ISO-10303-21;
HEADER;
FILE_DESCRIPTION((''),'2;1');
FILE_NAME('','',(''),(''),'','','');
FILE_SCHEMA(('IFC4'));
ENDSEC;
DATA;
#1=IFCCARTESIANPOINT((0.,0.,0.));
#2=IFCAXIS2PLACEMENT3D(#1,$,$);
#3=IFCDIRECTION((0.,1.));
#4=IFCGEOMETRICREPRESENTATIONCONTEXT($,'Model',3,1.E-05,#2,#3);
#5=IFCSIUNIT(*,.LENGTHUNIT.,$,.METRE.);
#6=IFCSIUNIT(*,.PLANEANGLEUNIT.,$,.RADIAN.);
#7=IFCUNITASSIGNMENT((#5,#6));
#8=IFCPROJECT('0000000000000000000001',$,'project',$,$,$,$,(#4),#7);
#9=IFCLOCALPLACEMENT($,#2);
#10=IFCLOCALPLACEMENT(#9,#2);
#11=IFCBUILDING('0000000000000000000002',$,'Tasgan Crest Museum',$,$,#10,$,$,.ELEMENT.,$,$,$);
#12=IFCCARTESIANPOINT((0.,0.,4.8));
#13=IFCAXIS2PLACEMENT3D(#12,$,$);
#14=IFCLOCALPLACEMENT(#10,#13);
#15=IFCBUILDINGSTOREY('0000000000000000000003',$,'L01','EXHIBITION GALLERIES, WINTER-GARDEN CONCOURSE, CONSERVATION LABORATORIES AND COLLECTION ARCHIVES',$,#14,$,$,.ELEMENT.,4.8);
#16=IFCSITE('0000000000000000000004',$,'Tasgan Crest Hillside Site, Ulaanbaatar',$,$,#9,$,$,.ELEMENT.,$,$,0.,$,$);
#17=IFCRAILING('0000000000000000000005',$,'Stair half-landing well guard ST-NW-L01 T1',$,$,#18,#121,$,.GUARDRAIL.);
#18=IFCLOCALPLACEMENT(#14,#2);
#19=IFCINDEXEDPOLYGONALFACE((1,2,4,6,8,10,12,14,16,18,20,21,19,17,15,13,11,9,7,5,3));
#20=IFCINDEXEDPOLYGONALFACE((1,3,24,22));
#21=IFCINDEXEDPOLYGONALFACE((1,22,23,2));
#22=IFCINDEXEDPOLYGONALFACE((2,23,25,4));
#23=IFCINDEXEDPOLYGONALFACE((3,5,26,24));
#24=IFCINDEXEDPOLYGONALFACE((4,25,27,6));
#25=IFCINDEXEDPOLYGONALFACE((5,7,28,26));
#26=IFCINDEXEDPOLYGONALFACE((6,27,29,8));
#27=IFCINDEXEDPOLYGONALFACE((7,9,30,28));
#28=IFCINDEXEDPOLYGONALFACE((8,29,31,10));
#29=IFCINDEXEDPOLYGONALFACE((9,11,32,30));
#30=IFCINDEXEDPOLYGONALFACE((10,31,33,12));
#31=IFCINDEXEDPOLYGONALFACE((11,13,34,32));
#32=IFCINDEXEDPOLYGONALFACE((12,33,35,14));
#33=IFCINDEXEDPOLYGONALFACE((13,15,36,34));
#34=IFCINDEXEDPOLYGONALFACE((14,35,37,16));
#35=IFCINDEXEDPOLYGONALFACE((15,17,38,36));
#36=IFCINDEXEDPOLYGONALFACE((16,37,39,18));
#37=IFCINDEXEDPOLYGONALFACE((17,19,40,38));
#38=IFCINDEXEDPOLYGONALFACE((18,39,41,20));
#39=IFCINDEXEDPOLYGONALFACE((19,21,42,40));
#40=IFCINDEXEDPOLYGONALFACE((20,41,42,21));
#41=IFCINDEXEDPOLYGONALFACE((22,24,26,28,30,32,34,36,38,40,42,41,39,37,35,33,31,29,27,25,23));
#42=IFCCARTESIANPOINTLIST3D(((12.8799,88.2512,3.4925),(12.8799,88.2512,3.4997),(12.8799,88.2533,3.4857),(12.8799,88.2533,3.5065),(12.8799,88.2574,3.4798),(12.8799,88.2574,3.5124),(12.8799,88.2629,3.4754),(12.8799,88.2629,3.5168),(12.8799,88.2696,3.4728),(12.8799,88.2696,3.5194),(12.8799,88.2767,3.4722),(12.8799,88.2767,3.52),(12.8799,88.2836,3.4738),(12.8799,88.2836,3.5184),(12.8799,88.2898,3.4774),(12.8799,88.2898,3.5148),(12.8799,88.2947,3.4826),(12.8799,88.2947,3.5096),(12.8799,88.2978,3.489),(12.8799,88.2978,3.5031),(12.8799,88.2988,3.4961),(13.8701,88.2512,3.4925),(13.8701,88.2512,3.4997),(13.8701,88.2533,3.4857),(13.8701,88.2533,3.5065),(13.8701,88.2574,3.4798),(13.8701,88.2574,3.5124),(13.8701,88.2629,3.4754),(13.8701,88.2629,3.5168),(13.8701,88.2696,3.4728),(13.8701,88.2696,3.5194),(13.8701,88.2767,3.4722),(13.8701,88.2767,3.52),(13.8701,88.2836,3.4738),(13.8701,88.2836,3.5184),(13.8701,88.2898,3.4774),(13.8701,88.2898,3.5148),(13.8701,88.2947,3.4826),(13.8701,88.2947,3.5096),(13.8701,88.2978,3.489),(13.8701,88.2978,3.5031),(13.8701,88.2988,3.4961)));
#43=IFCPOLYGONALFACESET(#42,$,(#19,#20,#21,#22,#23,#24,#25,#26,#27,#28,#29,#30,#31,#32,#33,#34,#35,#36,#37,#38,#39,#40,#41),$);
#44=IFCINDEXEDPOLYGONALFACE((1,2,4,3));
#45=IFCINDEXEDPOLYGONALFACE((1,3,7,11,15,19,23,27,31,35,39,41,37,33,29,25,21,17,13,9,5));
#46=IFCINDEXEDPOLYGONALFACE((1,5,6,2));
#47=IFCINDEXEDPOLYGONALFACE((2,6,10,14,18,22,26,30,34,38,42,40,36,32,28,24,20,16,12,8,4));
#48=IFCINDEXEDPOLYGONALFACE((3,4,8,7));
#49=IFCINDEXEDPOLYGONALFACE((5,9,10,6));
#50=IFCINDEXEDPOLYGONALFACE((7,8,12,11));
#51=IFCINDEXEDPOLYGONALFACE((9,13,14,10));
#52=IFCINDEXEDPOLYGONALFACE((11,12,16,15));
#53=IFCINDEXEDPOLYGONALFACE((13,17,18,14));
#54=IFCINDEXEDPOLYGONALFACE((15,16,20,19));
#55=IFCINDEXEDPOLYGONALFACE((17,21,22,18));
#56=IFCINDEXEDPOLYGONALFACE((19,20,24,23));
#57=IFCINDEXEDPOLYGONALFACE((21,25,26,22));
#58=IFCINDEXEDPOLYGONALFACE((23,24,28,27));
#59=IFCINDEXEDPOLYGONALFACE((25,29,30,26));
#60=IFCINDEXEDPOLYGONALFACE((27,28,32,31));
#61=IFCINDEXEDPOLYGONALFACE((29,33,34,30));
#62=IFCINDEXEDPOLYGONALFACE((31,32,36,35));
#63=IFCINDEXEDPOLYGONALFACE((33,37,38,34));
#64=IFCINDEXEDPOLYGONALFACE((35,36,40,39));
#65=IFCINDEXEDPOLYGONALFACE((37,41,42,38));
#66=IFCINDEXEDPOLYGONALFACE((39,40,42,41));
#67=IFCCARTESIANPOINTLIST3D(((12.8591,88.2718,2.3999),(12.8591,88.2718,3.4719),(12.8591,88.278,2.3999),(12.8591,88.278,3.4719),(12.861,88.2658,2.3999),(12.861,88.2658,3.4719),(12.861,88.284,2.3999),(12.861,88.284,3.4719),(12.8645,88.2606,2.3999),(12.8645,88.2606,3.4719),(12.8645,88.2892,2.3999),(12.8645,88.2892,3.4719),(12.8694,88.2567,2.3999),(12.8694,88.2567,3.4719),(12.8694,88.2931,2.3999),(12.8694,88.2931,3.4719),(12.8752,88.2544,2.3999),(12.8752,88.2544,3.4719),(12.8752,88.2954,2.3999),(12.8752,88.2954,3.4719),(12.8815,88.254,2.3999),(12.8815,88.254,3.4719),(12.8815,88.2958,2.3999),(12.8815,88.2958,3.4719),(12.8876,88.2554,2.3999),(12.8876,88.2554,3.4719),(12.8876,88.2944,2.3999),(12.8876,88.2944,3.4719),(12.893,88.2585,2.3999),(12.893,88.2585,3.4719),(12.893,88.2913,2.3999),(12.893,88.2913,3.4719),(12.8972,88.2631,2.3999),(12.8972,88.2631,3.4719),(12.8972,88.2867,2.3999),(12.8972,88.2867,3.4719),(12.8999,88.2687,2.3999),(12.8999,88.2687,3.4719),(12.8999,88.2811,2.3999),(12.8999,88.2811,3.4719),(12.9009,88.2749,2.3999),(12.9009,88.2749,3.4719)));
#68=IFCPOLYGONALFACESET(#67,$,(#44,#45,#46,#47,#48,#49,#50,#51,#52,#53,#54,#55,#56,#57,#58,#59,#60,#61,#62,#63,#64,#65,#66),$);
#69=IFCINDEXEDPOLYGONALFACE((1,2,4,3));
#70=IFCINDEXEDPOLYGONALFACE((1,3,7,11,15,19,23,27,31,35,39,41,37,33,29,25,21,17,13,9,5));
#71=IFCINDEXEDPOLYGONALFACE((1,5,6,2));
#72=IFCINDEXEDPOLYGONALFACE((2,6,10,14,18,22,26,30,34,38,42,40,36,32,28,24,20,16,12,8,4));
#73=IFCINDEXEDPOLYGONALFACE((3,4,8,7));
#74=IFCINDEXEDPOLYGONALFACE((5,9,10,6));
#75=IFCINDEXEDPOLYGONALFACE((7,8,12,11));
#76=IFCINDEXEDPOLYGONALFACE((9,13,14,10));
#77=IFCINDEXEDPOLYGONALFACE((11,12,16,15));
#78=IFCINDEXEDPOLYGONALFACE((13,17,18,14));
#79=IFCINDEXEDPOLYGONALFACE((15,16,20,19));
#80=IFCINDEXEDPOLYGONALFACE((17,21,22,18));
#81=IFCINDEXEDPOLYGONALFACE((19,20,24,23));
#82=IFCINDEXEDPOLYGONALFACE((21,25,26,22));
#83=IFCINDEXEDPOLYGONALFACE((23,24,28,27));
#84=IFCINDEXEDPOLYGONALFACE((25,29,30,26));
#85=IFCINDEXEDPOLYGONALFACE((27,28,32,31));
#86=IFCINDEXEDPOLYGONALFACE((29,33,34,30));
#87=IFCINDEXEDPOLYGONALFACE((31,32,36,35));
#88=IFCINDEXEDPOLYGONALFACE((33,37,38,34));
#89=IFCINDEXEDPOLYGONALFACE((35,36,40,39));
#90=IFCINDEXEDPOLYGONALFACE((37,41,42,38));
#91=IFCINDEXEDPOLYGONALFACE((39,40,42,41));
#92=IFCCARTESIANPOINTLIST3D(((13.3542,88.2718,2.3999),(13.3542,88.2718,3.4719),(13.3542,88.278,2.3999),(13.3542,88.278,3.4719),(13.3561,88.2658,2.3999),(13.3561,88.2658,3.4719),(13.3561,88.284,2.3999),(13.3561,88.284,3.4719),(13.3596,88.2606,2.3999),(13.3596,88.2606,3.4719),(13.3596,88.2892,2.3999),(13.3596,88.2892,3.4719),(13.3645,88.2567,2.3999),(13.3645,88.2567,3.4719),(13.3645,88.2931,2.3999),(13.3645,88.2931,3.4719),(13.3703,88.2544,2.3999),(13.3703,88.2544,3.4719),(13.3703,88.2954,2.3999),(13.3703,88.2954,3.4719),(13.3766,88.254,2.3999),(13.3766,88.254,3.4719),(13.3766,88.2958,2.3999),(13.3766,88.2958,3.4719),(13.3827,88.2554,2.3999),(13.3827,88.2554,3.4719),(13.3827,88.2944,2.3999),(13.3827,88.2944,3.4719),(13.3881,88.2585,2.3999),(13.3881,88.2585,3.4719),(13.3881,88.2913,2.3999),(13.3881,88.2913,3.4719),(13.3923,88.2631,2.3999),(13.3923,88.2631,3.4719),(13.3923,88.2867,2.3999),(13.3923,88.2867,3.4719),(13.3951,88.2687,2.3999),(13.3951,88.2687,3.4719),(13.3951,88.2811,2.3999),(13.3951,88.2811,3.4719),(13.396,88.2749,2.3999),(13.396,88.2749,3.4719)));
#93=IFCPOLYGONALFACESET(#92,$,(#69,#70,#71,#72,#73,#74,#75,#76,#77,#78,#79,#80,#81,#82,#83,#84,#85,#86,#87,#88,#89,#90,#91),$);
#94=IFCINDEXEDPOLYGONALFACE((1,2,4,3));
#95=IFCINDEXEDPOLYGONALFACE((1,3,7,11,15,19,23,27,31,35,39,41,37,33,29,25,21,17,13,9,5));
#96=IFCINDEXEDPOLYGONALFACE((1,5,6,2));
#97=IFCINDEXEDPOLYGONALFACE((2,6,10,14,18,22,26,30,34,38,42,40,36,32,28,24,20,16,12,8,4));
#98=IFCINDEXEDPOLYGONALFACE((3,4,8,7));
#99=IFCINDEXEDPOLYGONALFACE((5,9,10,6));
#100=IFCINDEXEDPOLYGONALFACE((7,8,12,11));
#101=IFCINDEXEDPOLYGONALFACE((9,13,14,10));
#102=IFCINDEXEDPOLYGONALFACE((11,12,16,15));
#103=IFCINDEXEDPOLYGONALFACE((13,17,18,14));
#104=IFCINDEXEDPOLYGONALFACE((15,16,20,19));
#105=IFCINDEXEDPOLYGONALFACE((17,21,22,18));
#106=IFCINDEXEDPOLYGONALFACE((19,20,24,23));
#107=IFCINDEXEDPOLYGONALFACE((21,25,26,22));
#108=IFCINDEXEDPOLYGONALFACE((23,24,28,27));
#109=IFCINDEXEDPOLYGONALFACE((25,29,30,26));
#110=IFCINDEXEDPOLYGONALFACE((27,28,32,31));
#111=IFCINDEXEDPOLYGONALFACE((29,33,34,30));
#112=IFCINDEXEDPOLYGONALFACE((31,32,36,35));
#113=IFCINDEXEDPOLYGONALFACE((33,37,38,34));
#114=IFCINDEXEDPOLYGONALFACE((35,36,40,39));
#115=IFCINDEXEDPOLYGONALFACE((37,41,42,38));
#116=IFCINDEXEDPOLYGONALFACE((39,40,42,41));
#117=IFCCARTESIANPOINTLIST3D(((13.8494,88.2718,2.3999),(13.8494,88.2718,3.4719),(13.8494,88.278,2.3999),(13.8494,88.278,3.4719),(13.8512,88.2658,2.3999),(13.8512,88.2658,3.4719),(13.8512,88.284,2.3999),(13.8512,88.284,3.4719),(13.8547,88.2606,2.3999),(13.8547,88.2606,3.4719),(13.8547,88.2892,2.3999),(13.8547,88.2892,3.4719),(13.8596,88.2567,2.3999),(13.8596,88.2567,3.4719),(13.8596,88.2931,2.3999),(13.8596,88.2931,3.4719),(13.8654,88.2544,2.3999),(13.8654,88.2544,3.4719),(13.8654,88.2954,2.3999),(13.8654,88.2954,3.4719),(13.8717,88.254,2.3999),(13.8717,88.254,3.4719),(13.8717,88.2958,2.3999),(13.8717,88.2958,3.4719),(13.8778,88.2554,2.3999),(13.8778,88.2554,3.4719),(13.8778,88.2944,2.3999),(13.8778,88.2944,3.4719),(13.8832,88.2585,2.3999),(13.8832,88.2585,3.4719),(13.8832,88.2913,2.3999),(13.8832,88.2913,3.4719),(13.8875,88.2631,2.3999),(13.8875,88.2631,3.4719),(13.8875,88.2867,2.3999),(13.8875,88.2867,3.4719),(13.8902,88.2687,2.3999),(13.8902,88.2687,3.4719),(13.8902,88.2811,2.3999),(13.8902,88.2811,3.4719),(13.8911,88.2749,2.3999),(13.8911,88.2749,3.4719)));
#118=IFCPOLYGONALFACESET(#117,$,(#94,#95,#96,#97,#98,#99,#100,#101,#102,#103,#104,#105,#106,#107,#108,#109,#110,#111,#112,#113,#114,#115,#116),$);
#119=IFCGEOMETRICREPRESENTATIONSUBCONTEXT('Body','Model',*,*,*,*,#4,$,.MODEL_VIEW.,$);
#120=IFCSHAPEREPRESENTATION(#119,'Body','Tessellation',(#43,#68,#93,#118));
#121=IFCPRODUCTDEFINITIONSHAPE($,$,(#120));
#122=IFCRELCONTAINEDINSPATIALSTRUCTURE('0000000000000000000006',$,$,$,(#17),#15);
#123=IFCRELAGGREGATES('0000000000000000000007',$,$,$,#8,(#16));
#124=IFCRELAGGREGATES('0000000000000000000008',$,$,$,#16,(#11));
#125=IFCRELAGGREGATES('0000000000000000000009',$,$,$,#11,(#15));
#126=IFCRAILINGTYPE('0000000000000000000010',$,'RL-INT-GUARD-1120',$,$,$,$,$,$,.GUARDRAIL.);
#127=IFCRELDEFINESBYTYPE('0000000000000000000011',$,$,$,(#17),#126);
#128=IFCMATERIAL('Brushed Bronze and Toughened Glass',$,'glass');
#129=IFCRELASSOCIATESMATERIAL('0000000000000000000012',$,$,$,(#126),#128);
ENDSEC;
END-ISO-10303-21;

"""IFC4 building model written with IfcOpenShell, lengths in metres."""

from ifc_helpers import new_model, si_unit, direction, frame, origin, origin_2d, place, context, subcontext, project, spatial, circle, extrude, material, type_object, element, save


model = new_model("IFC4")

# Units and contexts
model_context = context("Model", 3, precision=1e-05, world=origin(), true_north=direction((0.0, 1.0)))
body_context = subcontext(model_context, "Body", "Model", "MODEL_VIEW")
ifc_project = project(units=[si_unit("LENGTHUNIT", "METRE"), si_unit("PLANEANGLEUNIT", "RADIAN")], contexts=[model_context])

# Site, building, storey
site_placement = place(None, origin())
site = spatial("IfcSite", under=ifc_project, at=site_placement, Name="Tasgan Crest Hillside Site, Ulaanbaatar", CompositionType="ELEMENT", RefElevation=0.0)
building_placement = place(site_placement, origin())
building = spatial("IfcBuilding", under=site, at=building_placement, Name="Tasgan Crest Museum", CompositionType="ELEMENT")
storey_placement = place(building_placement, frame((0.0, 0.0, 4.8)))
storey = spatial("IfcBuildingStorey", under=building, at=storey_placement, Name="L01", Description="EXHIBITION GALLERIES, WINTER-GARDEN CONCOURSE, CONSERVATION LABORATORIES AND COLLECTION ARCHIVES", CompositionType="ELEMENT", Elevation=4.8)

# Railing
ifc_material_1 = material(Name="Brushed Bronze and Toughened Glass", Category="glass")
railing_type_1 = type_object("IfcRailingType", Name="RL-INT-GUARD-1120", PredefinedType="GUARDRAIL", material=ifc_material_1)
railing_1_placement = place(storey_placement, frame((12.8799, 88.2749, 2.3999)))
element("IfcRailing", 1, at=railing_1_placement, inside=storey, type_object=railing_type_1, Name="Stair half-landing well guard ST-NW-L01 T1", PredefinedType="GUARDRAIL", context=body_context, shape_type="SweptSolid", body=[
    extrude(circle(Radius=0.0239, at=origin_2d()), frame((0.0, 0.0, 1.0962), z_axis=(1.0, 0.0, 0.0), x_axis=(0.0, 1.0, 0.0)), (0.0, 0.0, 1.0), 0.9902),
    extrude(circle(Radius=0.021, at=origin_2d()), origin(), (0.0, 0.0, 1.0), 1.072),
    extrude(circle(Radius=0.021, at=origin_2d()), frame((0.4951, 0.0, 0.0)), (0.0, 0.0, 1.0), 1.072),
    extrude(circle(Radius=0.021, at=origin_2d()), frame((0.9902, 0.0, 0.0)), (0.0, 0.0, 1.0), 1.072),
])

save(model, "model.ifc")
